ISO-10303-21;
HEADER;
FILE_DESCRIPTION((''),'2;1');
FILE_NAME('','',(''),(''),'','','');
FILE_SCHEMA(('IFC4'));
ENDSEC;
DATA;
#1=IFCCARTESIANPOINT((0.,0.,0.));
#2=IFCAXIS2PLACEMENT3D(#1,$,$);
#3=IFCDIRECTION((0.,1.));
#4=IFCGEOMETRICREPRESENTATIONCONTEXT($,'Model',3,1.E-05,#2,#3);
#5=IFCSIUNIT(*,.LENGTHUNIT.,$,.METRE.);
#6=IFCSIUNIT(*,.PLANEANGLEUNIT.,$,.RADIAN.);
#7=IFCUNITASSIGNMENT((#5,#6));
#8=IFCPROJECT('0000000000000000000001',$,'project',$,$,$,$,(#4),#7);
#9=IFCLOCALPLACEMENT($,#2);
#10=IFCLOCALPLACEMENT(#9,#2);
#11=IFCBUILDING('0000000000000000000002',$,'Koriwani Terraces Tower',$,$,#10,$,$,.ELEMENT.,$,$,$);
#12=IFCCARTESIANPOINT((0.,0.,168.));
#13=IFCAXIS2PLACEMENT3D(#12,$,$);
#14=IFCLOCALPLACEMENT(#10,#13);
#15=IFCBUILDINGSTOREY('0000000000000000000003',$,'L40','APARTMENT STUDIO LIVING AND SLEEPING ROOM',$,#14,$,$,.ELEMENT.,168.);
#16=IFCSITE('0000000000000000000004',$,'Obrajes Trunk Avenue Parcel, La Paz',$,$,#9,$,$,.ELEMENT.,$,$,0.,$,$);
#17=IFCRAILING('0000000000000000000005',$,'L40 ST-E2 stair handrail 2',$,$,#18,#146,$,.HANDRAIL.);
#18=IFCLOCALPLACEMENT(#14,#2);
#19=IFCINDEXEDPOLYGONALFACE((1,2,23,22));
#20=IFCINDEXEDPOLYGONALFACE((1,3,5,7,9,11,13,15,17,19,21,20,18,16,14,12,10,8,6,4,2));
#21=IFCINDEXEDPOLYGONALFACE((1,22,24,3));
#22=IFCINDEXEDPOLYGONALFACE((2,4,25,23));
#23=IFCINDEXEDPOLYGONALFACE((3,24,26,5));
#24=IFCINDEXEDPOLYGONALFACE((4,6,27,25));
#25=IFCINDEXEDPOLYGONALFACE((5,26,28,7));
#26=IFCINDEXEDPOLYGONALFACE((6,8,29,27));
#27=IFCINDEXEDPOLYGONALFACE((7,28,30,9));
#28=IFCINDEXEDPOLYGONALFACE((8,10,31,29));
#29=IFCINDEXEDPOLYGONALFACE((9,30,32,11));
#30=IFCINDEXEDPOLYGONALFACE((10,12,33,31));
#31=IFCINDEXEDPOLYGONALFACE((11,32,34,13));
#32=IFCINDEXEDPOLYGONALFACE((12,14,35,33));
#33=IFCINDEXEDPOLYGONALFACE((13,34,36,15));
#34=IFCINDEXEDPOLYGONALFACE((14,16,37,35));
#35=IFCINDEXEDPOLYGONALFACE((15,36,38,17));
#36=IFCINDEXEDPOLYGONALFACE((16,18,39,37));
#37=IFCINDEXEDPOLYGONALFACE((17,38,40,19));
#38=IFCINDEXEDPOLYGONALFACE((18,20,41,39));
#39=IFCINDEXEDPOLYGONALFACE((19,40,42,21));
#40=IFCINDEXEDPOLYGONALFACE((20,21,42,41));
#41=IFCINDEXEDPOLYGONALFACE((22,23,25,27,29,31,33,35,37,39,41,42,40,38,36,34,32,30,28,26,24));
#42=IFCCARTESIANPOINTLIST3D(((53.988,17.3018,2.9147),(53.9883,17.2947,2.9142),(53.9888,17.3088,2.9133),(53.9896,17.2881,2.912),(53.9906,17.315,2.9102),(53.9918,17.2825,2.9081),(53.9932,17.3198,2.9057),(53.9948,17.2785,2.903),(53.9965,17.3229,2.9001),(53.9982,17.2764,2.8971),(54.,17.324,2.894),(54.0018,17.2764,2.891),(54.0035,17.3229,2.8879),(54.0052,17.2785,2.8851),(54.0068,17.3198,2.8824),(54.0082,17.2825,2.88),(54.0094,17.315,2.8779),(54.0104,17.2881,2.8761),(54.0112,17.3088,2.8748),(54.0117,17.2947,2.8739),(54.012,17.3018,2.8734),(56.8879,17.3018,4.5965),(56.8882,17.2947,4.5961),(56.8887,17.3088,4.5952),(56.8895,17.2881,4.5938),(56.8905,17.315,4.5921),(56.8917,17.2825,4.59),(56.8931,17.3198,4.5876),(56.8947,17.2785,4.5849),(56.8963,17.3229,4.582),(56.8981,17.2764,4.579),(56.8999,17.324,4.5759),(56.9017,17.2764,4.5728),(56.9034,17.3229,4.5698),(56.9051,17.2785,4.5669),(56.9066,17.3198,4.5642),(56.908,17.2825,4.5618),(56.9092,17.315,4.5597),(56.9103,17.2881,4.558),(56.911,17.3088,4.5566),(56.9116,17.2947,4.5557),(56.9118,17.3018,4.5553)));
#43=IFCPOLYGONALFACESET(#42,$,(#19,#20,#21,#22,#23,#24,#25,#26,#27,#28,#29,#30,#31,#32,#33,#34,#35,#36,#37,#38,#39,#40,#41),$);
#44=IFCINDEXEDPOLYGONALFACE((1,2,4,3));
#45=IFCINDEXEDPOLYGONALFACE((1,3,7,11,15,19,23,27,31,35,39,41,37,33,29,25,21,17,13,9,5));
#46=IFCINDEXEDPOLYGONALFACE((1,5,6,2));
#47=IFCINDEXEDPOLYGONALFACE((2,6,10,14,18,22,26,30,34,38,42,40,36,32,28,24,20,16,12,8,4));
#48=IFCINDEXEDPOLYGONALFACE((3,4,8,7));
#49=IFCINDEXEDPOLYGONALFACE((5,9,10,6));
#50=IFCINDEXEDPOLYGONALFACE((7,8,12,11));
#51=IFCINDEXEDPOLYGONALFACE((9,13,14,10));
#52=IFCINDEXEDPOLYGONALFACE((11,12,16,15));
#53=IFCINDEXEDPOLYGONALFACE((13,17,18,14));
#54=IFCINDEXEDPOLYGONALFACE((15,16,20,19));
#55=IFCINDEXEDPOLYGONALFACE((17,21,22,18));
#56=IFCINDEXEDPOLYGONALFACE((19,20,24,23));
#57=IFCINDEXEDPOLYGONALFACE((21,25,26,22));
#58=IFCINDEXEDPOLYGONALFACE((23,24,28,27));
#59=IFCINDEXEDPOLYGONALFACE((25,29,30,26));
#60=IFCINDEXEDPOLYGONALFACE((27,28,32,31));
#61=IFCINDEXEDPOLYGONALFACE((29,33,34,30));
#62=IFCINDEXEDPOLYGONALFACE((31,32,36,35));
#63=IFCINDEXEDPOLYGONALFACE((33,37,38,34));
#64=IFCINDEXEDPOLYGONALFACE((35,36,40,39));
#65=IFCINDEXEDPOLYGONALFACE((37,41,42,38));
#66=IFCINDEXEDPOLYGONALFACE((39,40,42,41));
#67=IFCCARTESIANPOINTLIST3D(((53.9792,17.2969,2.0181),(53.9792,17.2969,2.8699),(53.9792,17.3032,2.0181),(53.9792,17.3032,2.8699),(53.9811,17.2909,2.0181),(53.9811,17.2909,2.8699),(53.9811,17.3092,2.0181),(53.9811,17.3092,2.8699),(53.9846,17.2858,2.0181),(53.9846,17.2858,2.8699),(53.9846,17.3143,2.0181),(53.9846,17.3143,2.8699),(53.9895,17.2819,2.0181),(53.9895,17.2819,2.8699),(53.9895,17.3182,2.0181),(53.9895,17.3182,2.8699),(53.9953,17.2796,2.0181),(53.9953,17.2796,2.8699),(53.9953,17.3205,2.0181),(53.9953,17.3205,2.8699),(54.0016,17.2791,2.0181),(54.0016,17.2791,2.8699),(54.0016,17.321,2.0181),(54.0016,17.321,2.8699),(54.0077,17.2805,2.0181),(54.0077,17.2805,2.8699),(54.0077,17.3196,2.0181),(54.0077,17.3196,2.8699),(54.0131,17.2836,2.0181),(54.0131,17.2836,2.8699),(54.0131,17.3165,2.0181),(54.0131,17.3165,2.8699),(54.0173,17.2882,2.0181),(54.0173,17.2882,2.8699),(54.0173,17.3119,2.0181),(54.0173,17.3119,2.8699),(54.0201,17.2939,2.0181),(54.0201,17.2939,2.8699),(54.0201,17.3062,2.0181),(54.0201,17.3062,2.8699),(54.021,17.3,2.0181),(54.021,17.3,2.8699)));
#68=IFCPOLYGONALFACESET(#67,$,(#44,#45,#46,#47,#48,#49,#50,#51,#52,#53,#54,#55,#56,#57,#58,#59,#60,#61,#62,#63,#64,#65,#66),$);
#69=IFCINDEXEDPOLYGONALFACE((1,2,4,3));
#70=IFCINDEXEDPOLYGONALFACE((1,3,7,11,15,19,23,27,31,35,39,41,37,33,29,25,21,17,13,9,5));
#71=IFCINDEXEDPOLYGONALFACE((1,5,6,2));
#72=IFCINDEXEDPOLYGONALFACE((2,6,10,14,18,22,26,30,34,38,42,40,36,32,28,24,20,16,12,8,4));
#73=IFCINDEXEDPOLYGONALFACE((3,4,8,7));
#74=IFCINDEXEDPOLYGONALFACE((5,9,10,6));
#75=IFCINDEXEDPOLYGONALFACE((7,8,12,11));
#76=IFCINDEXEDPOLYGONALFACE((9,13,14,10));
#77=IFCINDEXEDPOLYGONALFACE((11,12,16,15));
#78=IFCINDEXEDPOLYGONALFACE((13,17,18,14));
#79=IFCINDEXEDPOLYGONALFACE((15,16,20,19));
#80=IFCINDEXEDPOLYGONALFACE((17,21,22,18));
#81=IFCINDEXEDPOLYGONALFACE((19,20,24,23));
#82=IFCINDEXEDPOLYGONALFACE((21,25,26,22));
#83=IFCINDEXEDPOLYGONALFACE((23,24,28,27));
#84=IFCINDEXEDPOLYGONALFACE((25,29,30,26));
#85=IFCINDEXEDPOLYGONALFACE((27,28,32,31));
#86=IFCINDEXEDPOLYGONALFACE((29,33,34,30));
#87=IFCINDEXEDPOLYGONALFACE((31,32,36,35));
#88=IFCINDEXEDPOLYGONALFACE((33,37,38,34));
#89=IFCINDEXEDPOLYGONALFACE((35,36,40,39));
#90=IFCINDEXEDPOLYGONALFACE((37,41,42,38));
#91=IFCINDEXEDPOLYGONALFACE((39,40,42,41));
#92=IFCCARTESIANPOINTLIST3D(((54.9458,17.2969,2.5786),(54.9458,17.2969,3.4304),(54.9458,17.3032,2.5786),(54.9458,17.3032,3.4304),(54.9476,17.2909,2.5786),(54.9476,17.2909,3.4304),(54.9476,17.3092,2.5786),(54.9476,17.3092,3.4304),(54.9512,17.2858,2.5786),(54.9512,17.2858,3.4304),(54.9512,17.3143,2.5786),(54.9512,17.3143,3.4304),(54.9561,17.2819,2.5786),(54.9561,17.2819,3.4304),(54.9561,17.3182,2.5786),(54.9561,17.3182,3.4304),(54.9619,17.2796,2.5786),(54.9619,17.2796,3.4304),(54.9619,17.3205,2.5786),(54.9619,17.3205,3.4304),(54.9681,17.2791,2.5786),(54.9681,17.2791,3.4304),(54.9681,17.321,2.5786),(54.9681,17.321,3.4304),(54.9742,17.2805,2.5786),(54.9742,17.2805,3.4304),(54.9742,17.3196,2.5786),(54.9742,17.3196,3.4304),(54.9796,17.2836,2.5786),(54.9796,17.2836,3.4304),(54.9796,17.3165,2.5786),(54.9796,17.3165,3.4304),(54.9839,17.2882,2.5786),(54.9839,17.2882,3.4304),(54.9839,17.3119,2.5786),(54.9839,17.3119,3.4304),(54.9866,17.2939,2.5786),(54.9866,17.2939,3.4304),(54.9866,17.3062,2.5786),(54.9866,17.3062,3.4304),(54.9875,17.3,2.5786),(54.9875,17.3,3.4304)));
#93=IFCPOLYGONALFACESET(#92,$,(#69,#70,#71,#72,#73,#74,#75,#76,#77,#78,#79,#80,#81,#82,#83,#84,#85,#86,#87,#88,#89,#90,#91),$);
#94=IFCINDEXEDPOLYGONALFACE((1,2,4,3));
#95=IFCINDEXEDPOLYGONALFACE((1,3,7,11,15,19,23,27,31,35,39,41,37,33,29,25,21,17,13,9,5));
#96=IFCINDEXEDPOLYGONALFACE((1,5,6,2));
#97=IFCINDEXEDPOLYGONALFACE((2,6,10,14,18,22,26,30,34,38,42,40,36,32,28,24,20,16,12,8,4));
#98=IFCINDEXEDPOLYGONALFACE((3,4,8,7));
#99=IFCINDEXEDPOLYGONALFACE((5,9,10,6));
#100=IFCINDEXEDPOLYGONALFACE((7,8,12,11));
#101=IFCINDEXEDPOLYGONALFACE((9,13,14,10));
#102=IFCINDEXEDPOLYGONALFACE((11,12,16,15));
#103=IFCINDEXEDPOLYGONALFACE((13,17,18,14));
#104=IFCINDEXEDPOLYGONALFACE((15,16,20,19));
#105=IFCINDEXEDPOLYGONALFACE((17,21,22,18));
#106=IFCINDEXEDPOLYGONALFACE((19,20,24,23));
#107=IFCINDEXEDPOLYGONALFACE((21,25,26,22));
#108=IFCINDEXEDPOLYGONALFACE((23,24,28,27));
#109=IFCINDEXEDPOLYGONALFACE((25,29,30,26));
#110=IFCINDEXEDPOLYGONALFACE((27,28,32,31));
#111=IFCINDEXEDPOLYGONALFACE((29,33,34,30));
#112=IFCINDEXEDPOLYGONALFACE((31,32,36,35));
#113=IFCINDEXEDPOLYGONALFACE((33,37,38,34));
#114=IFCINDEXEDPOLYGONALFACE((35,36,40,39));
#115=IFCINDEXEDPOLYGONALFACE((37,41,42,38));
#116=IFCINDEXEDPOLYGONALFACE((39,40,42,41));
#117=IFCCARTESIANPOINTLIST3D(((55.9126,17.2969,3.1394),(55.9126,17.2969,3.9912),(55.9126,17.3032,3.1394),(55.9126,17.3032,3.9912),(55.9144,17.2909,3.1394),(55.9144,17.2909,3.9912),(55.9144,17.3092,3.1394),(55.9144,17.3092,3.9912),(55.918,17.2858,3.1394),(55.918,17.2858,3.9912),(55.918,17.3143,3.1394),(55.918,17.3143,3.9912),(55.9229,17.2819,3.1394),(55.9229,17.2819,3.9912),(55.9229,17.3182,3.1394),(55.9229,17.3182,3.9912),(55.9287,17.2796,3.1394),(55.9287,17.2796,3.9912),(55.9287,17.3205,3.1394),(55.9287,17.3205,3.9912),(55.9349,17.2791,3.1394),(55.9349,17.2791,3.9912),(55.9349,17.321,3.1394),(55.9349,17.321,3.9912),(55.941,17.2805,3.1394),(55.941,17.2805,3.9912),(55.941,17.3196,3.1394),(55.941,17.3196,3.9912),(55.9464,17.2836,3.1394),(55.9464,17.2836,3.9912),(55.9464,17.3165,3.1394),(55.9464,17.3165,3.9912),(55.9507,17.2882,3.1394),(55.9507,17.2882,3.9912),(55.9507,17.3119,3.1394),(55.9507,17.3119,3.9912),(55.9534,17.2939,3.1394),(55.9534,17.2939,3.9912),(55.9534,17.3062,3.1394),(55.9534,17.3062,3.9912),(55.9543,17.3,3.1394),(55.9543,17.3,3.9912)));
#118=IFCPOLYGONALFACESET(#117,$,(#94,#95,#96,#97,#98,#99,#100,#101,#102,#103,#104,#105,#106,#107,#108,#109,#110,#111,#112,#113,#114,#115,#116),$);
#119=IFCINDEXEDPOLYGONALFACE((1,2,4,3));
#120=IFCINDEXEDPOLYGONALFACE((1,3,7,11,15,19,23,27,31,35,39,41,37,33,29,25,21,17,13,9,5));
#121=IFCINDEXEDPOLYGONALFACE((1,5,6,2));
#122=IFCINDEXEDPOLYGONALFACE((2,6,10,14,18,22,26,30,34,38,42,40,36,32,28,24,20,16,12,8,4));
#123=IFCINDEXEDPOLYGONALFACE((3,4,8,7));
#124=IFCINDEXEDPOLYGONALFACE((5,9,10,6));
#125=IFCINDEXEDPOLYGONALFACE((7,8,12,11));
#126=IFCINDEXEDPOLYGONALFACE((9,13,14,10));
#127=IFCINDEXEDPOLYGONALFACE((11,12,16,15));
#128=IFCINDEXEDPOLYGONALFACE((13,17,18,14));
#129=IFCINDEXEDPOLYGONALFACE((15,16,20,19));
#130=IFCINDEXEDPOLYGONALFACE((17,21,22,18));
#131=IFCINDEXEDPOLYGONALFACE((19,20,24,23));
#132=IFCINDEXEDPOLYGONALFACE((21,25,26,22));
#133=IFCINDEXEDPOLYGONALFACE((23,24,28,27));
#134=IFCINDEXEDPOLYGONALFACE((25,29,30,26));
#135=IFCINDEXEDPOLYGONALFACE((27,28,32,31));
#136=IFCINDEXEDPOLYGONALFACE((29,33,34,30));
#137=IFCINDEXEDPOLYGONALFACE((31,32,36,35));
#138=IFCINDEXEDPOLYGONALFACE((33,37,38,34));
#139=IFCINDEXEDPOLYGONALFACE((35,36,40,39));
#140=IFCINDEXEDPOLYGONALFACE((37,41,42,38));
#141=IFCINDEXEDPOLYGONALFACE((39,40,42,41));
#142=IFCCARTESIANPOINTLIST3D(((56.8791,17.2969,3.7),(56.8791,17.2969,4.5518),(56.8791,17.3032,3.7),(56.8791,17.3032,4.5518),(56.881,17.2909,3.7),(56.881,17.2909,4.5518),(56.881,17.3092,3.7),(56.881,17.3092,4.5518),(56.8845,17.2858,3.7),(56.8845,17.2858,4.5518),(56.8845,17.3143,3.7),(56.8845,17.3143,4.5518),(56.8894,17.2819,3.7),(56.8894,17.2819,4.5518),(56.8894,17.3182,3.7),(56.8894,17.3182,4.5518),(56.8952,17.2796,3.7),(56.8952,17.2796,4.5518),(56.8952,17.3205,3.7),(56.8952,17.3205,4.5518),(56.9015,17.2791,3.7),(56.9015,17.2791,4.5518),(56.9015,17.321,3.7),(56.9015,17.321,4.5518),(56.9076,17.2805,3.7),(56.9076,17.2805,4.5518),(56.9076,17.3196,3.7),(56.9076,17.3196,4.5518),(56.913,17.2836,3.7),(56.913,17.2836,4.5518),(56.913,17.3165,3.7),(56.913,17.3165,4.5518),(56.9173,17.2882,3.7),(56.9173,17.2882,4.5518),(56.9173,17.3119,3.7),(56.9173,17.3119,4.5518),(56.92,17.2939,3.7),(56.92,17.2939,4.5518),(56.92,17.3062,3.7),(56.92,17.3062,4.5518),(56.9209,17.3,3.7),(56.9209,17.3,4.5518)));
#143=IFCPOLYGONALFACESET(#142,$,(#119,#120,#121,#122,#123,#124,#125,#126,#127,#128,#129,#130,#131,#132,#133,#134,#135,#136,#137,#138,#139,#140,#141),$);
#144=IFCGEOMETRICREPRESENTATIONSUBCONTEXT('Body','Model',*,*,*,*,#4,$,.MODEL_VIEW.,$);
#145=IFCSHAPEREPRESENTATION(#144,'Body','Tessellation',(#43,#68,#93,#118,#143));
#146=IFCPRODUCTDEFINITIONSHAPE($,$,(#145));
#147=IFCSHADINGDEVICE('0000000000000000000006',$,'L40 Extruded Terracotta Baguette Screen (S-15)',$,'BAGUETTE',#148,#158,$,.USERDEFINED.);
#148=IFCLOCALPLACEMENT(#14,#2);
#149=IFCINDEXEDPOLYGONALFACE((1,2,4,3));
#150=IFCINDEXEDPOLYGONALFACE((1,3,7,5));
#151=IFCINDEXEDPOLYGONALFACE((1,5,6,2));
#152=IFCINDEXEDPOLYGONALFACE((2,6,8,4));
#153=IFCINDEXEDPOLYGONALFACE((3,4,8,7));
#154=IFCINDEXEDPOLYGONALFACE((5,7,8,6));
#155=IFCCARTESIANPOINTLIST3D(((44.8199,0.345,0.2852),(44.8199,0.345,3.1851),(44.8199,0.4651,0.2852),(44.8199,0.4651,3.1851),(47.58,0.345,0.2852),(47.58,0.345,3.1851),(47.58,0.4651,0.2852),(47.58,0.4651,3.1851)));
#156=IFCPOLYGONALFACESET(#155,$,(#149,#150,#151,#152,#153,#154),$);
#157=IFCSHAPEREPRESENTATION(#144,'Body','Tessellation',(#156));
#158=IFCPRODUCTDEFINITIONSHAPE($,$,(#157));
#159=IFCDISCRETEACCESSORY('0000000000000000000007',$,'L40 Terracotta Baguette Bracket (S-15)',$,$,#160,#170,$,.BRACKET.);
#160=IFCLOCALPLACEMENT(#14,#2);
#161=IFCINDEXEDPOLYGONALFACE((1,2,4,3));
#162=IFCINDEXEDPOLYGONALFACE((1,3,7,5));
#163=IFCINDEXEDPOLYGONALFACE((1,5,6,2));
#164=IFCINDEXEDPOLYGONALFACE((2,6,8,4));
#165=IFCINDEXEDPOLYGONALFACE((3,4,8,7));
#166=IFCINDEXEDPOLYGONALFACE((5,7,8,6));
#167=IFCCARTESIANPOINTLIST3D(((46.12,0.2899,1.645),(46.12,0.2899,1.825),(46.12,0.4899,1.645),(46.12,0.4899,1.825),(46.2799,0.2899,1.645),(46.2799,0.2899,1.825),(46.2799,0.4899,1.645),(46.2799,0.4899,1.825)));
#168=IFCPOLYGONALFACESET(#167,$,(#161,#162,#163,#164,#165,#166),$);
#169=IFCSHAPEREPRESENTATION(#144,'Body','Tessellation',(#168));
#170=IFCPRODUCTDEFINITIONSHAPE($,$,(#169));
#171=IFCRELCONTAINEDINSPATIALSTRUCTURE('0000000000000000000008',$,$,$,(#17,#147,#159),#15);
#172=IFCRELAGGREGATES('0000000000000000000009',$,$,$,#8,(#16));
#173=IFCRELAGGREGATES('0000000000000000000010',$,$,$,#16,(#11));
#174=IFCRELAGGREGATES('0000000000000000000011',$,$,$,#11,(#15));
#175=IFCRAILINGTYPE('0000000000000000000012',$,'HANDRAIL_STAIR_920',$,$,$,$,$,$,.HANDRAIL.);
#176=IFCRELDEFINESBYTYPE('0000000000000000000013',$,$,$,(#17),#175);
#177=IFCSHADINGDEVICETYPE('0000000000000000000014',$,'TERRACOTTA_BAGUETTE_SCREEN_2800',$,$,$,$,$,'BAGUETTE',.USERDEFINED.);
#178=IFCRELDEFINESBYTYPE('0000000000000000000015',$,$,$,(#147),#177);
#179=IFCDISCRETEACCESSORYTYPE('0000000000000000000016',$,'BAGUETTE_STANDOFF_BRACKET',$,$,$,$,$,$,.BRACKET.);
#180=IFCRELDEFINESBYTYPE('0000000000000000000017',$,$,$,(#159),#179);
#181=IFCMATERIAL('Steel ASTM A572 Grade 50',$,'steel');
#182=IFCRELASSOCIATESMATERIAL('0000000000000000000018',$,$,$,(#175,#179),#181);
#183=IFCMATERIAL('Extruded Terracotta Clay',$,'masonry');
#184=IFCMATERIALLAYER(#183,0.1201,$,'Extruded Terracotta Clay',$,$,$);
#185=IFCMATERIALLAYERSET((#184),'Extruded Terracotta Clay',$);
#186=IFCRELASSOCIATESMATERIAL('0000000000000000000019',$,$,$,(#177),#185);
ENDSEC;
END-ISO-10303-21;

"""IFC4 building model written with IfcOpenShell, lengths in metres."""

from ifc_helpers import new_model, si_unit, direction, frame, origin, origin_2d, place, context, subcontext, project, spatial, rectangle, circle, extrude, material, layer, layer_set, type_object, element, save


model = new_model("IFC4")

# Units and contexts
model_context = context("Model", 3, precision=1e-05, world=origin(), true_north=direction((0.0, 1.0)))
body_context = subcontext(model_context, "Body", "Model", "MODEL_VIEW")
ifc_project = project(units=[si_unit("LENGTHUNIT", "METRE"), si_unit("PLANEANGLEUNIT", "RADIAN")], contexts=[model_context])

# Site, building, storey
site_placement = place(None, origin())
site = spatial("IfcSite", under=ifc_project, at=site_placement, Name="Obrajes Trunk Avenue Parcel, La Paz", CompositionType="ELEMENT", RefElevation=0.0)
building_placement = place(site_placement, origin())
building = spatial("IfcBuilding", under=site, at=building_placement, Name="Koriwani Terraces Tower", CompositionType="ELEMENT")
storey_placement = place(building_placement, frame((0.0, 0.0, 168.0)))
storey = spatial("IfcBuildingStorey", under=building, at=storey_placement, Name="L40", Description="APARTMENT STUDIO LIVING AND SLEEPING ROOM", CompositionType="ELEMENT", Elevation=168.0)

# Shared definitions
ifc_material_1 = material(Name="Steel ASTM A572 Grade 50", Category="steel")

# Railing
railing_type = type_object("IfcRailingType", Name="HANDRAIL_STAIR_920", PredefinedType="HANDRAIL", material=ifc_material_1)
railing_placement = place(storey_placement, frame((54.0, 17.3, 2.0181)))
element("IfcRailing", 1, at=railing_placement, inside=storey, type_object=railing_type, Name="L40 ST-E2 stair handrail 2", PredefinedType="HANDRAIL", context=body_context, shape_type="SweptSolid", body=[
    extrude(circle(Radius=0.0239, at=origin_2d()), frame((0.0, 0.0, 0.876), z_axis=(0.865039, 0.0, 0.501705), x_axis=(0.0, 1.0, 0.0)), (0.0, 0.0, 1.0), 3.3523),
    extrude(circle(Radius=0.021, at=origin_2d()), origin(), (0.0, 0.0, 1.0), 0.8518),
    extrude(circle(Radius=0.021, at=origin_2d()), frame((0.9666, 0.0, 0.5605)), (0.0, 0.0, 1.0), 0.8518),
    extrude(circle(Radius=0.021, at=origin_2d()), frame((1.9333, 0.0, 1.1213)), (0.0, 0.0, 1.0), 0.8518),
    extrude(circle(Radius=0.021, at=origin_2d()), frame((2.8999, 0.0, 1.6819)), (0.0, 0.0, 1.0), 0.8518),
])

# Shading device
ifc_material_2 = material(Name="Extruded Terracotta Clay", Category="masonry")
ifc_layer_1 = layer(ifc_material_2, 0.1201, Name="Extruded Terracotta Clay")
ifc_layer_set_1 = layer_set([ifc_layer_1], Name="Extruded Terracotta Clay")
shading_device_type = type_object("IfcShadingDeviceType", Name="TERRACOTTA_BAGUETTE_SCREEN_2800", ElementType="BAGUETTE", PredefinedType="USERDEFINED", material=ifc_layer_set_1)
shading_device_placement = place(storey_placement, frame((46.2, 0.405, 0.2852), z_axis=(0.0, 0.0, 1.0), x_axis=(-1.0, 0.0, 0.0)))
element("IfcShadingDevice", 2, at=shading_device_placement, inside=storey, type_object=shading_device_type, Name="L40 Extruded Terracotta Baguette Screen (S-15)", ObjectType="BAGUETTE", PredefinedType="USERDEFINED", context=body_context, shape_type="SweptSolid", body=[
    extrude(rectangle(XDim=2.76, YDim=0.1201, at=origin_2d()), origin(), (0.0, 0.0, 1.0), 2.8999),
])

# Discrete accessory
discrete_accessory_type = type_object("IfcDiscreteAccessoryType", Name="BAGUETTE_STANDOFF_BRACKET", PredefinedType="BRACKET", material=ifc_material_1)
discrete_accessory_placement = place(storey_placement, frame((46.2, 0.3899, 1.645), z_axis=(0.0, 0.0, 1.0), x_axis=(-1.0, 0.0, 0.0)))
element("IfcDiscreteAccessory", 3, at=discrete_accessory_placement, inside=storey, type_object=discrete_accessory_type, Name="L40 Terracotta Baguette Bracket (S-15)", PredefinedType="BRACKET", context=body_context, shape_type="SweptSolid", body=[
    extrude(rectangle(XDim=0.1599, YDim=0.2, at=origin_2d()), origin(), (0.0, 0.0, 1.0), 0.1799),
])

save(model, "model.ifc")
